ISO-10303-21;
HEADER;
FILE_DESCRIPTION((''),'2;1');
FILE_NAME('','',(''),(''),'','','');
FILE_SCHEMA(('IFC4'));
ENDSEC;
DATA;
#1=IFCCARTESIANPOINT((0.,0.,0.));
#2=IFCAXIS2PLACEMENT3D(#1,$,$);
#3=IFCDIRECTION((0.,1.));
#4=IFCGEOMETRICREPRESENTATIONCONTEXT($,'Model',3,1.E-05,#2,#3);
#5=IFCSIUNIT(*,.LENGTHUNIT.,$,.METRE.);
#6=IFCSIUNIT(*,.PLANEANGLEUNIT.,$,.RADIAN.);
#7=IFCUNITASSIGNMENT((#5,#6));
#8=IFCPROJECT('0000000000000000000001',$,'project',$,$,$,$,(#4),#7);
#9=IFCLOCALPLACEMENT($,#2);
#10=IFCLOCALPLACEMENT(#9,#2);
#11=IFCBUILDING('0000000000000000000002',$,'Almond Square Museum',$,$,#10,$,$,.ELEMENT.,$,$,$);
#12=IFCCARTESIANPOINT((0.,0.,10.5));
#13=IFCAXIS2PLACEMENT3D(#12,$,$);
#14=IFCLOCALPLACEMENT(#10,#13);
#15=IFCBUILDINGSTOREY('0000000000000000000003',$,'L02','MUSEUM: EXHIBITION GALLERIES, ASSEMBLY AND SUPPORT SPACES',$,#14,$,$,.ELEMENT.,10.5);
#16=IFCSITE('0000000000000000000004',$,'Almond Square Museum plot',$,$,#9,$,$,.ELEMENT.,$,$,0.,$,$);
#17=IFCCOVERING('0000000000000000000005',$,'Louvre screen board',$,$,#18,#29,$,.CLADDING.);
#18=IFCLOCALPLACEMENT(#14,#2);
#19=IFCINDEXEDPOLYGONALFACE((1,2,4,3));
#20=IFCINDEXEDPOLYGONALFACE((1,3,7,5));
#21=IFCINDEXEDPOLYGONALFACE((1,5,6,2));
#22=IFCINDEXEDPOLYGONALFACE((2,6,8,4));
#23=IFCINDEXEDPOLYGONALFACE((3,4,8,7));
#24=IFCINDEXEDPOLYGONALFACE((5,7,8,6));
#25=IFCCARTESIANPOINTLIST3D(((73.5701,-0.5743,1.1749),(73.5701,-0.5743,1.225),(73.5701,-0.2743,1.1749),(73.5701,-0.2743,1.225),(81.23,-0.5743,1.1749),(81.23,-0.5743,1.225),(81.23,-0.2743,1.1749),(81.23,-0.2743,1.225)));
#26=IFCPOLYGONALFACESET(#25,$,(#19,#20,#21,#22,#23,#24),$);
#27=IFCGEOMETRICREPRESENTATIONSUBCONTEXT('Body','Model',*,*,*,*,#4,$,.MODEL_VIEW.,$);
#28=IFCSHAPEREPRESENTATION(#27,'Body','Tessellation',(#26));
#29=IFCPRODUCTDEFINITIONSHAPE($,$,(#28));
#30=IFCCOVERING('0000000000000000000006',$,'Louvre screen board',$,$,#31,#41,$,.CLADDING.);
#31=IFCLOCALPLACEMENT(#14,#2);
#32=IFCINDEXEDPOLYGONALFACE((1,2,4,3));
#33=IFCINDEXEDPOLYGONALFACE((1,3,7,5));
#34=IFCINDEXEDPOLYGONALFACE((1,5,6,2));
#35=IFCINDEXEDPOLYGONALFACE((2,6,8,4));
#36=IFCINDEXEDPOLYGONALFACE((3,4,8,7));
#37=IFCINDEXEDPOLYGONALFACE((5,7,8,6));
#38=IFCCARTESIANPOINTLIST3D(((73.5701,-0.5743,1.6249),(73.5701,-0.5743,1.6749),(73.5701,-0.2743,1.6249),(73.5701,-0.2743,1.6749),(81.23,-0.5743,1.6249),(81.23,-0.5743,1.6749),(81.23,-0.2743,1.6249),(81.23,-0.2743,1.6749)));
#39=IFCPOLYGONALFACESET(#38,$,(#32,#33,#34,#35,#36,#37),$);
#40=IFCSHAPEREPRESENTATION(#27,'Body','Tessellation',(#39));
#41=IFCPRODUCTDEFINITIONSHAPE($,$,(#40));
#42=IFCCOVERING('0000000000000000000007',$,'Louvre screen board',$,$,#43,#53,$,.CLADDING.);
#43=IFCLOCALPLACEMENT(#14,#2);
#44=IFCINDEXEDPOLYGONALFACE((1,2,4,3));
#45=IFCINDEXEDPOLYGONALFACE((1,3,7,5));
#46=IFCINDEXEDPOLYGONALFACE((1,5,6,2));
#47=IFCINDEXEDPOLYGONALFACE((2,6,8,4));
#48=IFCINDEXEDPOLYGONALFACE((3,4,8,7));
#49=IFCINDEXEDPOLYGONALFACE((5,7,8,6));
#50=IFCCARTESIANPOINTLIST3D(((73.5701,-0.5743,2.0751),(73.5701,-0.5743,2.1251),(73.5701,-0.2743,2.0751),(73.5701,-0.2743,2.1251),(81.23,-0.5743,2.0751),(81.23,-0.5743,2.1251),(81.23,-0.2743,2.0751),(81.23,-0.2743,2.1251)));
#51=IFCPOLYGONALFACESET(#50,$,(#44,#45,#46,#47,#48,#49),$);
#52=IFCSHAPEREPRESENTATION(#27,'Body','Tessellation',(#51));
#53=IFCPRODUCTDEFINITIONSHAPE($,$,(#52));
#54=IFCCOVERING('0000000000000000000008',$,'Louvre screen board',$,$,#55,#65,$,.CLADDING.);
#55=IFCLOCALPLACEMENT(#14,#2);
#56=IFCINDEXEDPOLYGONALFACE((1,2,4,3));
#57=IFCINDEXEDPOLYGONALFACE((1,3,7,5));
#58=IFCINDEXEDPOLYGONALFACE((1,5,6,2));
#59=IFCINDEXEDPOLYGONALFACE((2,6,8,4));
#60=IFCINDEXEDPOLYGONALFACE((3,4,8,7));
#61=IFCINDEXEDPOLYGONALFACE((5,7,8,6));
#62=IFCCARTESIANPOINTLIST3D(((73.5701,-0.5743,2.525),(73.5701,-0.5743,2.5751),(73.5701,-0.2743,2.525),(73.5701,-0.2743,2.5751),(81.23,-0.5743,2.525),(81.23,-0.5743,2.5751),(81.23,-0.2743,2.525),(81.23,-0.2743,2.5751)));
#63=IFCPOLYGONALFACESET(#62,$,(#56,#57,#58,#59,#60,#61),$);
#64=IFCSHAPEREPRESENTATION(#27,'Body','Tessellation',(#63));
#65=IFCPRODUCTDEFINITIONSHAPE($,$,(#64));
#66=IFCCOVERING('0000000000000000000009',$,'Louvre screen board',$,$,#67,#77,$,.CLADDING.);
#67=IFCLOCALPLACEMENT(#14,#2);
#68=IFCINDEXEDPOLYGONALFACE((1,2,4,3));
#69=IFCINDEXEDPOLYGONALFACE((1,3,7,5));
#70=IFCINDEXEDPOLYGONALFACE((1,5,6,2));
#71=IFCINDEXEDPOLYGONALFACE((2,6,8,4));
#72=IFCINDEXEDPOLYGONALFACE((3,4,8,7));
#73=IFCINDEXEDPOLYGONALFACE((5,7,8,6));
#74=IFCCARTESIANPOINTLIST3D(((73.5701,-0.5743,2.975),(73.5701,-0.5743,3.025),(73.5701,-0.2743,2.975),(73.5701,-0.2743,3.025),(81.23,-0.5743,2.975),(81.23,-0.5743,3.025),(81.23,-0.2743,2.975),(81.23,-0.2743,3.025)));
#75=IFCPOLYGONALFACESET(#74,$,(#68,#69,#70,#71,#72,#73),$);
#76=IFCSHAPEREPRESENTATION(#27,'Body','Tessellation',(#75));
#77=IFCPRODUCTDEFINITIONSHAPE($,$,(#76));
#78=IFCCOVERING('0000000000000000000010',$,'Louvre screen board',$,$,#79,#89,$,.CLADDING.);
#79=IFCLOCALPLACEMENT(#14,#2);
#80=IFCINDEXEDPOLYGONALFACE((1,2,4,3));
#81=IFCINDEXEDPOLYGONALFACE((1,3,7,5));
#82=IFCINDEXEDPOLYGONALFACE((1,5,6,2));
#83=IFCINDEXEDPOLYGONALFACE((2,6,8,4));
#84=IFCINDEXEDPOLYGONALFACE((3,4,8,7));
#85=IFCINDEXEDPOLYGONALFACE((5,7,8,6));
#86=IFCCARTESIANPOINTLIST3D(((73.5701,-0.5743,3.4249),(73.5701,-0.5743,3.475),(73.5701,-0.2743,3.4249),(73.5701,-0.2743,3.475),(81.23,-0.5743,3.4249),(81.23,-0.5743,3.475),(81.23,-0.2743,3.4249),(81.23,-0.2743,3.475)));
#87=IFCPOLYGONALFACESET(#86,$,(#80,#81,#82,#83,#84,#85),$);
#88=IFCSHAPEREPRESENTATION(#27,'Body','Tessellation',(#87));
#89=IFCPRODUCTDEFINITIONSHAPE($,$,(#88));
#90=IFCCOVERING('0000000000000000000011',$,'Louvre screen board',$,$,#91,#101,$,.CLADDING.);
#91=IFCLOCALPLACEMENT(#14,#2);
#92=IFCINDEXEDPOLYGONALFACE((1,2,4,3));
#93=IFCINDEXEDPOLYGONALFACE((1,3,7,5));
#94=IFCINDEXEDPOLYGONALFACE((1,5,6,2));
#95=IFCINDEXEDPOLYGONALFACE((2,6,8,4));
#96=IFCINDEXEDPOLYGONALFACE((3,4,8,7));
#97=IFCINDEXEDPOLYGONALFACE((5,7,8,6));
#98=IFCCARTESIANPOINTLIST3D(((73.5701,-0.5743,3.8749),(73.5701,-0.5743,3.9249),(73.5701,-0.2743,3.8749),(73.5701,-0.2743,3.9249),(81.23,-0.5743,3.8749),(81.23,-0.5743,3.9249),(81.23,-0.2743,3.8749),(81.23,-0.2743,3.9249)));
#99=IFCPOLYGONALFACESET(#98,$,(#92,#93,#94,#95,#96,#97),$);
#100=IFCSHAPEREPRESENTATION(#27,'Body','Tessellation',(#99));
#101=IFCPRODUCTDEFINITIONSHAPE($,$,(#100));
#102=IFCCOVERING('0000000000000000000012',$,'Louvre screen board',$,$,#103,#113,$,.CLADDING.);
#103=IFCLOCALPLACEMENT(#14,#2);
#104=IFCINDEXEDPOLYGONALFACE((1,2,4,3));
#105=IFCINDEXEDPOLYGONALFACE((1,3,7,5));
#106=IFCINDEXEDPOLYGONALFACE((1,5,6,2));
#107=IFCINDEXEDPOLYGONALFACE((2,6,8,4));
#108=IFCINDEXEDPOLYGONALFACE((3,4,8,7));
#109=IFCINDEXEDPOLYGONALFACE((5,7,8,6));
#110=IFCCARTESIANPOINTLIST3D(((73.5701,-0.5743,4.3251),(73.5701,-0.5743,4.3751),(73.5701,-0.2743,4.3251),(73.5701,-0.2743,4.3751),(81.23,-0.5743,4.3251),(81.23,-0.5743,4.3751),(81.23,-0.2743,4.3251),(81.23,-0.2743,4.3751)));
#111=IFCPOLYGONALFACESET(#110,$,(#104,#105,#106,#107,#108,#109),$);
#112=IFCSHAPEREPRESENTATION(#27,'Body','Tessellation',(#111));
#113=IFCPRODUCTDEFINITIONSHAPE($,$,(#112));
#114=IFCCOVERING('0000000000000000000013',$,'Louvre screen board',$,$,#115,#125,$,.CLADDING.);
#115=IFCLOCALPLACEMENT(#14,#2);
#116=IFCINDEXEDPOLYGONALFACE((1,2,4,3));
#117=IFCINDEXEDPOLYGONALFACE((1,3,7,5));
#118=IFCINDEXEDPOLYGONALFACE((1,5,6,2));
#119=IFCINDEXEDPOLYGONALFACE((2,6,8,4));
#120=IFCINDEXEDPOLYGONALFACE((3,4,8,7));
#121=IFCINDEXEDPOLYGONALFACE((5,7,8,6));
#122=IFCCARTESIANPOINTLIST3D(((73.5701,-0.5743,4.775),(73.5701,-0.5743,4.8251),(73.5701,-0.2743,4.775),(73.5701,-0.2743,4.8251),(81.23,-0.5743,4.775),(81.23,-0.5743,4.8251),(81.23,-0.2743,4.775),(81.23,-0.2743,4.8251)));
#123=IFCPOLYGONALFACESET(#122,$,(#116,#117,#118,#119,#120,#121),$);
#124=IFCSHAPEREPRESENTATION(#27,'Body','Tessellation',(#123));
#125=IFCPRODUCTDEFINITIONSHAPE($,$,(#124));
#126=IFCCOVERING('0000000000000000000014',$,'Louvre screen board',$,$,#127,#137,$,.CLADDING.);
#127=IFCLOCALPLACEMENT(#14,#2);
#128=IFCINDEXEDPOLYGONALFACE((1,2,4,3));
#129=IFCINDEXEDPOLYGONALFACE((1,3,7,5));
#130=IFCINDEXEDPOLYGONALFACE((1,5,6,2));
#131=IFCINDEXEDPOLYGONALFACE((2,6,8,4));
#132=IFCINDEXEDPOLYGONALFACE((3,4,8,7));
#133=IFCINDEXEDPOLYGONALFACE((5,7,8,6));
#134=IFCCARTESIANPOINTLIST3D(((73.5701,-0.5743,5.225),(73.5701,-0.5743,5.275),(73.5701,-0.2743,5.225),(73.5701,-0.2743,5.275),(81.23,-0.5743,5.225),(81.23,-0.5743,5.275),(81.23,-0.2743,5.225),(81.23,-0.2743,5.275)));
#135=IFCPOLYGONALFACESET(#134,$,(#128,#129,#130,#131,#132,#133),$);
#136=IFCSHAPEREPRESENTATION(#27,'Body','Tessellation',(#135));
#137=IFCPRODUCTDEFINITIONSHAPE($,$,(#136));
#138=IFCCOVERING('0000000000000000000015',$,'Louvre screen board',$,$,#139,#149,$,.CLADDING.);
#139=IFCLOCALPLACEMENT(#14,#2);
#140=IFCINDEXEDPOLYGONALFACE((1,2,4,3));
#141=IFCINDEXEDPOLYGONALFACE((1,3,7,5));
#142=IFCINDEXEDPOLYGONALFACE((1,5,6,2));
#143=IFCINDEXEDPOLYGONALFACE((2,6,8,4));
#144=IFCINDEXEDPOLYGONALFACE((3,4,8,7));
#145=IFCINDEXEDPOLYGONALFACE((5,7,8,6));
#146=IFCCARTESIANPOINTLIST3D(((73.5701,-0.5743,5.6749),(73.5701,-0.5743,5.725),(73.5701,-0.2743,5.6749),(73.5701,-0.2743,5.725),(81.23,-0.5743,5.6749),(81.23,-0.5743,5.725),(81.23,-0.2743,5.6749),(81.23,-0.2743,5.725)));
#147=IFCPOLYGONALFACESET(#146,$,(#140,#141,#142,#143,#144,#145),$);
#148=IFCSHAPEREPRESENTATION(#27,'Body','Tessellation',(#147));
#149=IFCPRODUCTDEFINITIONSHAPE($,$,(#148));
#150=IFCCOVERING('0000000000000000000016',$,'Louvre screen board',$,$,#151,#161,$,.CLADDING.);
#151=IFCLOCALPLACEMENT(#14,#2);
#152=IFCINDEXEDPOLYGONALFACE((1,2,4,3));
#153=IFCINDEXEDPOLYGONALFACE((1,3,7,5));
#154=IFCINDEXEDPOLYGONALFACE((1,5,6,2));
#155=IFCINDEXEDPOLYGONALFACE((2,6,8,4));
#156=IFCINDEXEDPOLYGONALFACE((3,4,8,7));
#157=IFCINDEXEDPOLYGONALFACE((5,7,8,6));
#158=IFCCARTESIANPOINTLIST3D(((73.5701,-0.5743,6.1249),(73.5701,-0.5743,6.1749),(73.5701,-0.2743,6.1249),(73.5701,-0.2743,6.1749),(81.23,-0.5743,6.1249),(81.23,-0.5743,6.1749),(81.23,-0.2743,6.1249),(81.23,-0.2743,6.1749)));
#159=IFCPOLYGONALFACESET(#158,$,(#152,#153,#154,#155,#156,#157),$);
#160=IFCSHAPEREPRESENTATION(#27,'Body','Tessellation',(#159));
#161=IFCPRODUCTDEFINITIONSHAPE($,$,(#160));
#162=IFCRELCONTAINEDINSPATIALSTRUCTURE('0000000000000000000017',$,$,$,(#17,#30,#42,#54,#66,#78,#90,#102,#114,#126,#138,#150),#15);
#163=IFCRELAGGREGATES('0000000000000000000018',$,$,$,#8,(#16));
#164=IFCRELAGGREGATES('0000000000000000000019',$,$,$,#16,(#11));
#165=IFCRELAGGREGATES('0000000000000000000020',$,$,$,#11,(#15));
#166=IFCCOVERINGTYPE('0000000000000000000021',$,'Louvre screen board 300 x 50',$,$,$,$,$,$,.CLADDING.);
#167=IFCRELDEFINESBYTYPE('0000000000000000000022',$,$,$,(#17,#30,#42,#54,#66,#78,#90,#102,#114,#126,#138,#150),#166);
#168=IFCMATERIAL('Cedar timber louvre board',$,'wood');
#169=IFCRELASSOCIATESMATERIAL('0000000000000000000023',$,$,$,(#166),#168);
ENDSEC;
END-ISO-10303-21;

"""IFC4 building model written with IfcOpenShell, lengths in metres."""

from ifc_helpers import new_model, si_unit, direction, frame, origin, origin_2d, place, context, subcontext, project, spatial, rectangle, extrude, material, material_profile, profile_set, type_object, element, save


model = new_model("IFC4")

# Units and contexts
model_context = context("Model", 3, precision=1e-05, world=origin(), true_north=direction((0.0, 1.0)))
body_context = subcontext(model_context, "Body", "Model", "MODEL_VIEW")
ifc_project = project(units=[si_unit("LENGTHUNIT", "METRE"), si_unit("PLANEANGLEUNIT", "RADIAN")], contexts=[model_context])

# Site, building, storey
site_placement = place(None, origin())
site = spatial("IfcSite", under=ifc_project, at=site_placement, Name="Almond Square Museum plot", CompositionType="ELEMENT", RefElevation=0.0)
building_placement = place(site_placement, origin())
building = spatial("IfcBuilding", under=site, at=building_placement, Name="Almond Square Museum", CompositionType="ELEMENT")
storey_placement = place(building_placement, frame((0.0, 0.0, 10.5)))
storey = spatial("IfcBuildingStorey", under=building, at=storey_placement, Name="L02", Description="MUSEUM: EXHIBITION GALLERIES, ASSEMBLY AND SUPPORT SPACES", CompositionType="ELEMENT", Elevation=10.5)

# Coverings
ifc_material = material(Name="Cedar timber louvre board", Category="wood")
ifc_material_profile = material_profile(ifc_material, rectangle(XDim=0.3, YDim=0.05, at=origin_2d()))
ifc_profile_set = profile_set([ifc_material_profile], Name="Cedar timber louvre board")
covering_type = type_object("IfcCoveringType", Name="Louvre screen board 300 x 50", PredefinedType="CLADDING", material=ifc_profile_set)
for number, where, z_axis, x_axis, name in (
    (1, (73.5701, -0.4243, 1.2), (1.0, 0.0, 0.0), (0.0, 1.0, 0.0), "Louvre screen board"),
    (2, (73.5701, -0.4243, 1.6499), (1.0, 0.0, 0.0), (0.0, 1.0, 0.0), "Louvre screen board"),
    (3, (73.5701, -0.4243, 2.1001), (1.0, 0.0, 0.0), (0.0, 1.0, 0.0), "Louvre screen board"),
    (4, (73.5701, -0.4243, 2.55), (1.0, 0.0, 0.0), (0.0, 1.0, 0.0), "Louvre screen board"),
    (5, (73.5701, -0.4243, 3.0), (1.0, 0.0, 0.0), (0.0, 1.0, 0.0), "Louvre screen board"),
    (6, (73.5701, -0.4243, 3.45), (1.0, 0.0, 0.0), (0.0, 1.0, 0.0), "Louvre screen board"),
    (7, (73.5701, -0.4243, 3.8999), (1.0, 0.0, 0.0), (0.0, 1.0, 0.0), "Louvre screen board"),
    (8, (73.5701, -0.4243, 4.3501), (1.0, 0.0, 0.0), (0.0, 1.0, 0.0), "Louvre screen board"),
    (9, (73.5701, -0.4243, 4.8), (1.0, 0.0, 0.0), (0.0, 1.0, 0.0), "Louvre screen board"),
    (10, (73.5701, -0.4243, 5.25), (1.0, 0.0, 0.0), (0.0, 1.0, 0.0), "Louvre screen board"),
    (11, (73.5701, -0.4243, 5.7), (1.0, 0.0, 0.0), (0.0, 1.0, 0.0), "Louvre screen board"),
    (12, (73.5701, -0.4243, 6.1499), (1.0, 0.0, 0.0), (0.0, 1.0, 0.0), "Louvre screen board"),
):
    element("IfcCovering", number, at=place(storey_placement, frame(where, z_axis=z_axis, x_axis=x_axis)), inside=storey, type_object=covering_type, Name=name, PredefinedType="CLADDING", context=body_context, shape_type="SweptSolid", body=[
        extrude(rectangle(XDim=0.3, YDim=0.05, at=origin_2d()), origin(), (0.0, 0.0, 1.0), 7.6599),
    ])

save(model, "model.ifc")
